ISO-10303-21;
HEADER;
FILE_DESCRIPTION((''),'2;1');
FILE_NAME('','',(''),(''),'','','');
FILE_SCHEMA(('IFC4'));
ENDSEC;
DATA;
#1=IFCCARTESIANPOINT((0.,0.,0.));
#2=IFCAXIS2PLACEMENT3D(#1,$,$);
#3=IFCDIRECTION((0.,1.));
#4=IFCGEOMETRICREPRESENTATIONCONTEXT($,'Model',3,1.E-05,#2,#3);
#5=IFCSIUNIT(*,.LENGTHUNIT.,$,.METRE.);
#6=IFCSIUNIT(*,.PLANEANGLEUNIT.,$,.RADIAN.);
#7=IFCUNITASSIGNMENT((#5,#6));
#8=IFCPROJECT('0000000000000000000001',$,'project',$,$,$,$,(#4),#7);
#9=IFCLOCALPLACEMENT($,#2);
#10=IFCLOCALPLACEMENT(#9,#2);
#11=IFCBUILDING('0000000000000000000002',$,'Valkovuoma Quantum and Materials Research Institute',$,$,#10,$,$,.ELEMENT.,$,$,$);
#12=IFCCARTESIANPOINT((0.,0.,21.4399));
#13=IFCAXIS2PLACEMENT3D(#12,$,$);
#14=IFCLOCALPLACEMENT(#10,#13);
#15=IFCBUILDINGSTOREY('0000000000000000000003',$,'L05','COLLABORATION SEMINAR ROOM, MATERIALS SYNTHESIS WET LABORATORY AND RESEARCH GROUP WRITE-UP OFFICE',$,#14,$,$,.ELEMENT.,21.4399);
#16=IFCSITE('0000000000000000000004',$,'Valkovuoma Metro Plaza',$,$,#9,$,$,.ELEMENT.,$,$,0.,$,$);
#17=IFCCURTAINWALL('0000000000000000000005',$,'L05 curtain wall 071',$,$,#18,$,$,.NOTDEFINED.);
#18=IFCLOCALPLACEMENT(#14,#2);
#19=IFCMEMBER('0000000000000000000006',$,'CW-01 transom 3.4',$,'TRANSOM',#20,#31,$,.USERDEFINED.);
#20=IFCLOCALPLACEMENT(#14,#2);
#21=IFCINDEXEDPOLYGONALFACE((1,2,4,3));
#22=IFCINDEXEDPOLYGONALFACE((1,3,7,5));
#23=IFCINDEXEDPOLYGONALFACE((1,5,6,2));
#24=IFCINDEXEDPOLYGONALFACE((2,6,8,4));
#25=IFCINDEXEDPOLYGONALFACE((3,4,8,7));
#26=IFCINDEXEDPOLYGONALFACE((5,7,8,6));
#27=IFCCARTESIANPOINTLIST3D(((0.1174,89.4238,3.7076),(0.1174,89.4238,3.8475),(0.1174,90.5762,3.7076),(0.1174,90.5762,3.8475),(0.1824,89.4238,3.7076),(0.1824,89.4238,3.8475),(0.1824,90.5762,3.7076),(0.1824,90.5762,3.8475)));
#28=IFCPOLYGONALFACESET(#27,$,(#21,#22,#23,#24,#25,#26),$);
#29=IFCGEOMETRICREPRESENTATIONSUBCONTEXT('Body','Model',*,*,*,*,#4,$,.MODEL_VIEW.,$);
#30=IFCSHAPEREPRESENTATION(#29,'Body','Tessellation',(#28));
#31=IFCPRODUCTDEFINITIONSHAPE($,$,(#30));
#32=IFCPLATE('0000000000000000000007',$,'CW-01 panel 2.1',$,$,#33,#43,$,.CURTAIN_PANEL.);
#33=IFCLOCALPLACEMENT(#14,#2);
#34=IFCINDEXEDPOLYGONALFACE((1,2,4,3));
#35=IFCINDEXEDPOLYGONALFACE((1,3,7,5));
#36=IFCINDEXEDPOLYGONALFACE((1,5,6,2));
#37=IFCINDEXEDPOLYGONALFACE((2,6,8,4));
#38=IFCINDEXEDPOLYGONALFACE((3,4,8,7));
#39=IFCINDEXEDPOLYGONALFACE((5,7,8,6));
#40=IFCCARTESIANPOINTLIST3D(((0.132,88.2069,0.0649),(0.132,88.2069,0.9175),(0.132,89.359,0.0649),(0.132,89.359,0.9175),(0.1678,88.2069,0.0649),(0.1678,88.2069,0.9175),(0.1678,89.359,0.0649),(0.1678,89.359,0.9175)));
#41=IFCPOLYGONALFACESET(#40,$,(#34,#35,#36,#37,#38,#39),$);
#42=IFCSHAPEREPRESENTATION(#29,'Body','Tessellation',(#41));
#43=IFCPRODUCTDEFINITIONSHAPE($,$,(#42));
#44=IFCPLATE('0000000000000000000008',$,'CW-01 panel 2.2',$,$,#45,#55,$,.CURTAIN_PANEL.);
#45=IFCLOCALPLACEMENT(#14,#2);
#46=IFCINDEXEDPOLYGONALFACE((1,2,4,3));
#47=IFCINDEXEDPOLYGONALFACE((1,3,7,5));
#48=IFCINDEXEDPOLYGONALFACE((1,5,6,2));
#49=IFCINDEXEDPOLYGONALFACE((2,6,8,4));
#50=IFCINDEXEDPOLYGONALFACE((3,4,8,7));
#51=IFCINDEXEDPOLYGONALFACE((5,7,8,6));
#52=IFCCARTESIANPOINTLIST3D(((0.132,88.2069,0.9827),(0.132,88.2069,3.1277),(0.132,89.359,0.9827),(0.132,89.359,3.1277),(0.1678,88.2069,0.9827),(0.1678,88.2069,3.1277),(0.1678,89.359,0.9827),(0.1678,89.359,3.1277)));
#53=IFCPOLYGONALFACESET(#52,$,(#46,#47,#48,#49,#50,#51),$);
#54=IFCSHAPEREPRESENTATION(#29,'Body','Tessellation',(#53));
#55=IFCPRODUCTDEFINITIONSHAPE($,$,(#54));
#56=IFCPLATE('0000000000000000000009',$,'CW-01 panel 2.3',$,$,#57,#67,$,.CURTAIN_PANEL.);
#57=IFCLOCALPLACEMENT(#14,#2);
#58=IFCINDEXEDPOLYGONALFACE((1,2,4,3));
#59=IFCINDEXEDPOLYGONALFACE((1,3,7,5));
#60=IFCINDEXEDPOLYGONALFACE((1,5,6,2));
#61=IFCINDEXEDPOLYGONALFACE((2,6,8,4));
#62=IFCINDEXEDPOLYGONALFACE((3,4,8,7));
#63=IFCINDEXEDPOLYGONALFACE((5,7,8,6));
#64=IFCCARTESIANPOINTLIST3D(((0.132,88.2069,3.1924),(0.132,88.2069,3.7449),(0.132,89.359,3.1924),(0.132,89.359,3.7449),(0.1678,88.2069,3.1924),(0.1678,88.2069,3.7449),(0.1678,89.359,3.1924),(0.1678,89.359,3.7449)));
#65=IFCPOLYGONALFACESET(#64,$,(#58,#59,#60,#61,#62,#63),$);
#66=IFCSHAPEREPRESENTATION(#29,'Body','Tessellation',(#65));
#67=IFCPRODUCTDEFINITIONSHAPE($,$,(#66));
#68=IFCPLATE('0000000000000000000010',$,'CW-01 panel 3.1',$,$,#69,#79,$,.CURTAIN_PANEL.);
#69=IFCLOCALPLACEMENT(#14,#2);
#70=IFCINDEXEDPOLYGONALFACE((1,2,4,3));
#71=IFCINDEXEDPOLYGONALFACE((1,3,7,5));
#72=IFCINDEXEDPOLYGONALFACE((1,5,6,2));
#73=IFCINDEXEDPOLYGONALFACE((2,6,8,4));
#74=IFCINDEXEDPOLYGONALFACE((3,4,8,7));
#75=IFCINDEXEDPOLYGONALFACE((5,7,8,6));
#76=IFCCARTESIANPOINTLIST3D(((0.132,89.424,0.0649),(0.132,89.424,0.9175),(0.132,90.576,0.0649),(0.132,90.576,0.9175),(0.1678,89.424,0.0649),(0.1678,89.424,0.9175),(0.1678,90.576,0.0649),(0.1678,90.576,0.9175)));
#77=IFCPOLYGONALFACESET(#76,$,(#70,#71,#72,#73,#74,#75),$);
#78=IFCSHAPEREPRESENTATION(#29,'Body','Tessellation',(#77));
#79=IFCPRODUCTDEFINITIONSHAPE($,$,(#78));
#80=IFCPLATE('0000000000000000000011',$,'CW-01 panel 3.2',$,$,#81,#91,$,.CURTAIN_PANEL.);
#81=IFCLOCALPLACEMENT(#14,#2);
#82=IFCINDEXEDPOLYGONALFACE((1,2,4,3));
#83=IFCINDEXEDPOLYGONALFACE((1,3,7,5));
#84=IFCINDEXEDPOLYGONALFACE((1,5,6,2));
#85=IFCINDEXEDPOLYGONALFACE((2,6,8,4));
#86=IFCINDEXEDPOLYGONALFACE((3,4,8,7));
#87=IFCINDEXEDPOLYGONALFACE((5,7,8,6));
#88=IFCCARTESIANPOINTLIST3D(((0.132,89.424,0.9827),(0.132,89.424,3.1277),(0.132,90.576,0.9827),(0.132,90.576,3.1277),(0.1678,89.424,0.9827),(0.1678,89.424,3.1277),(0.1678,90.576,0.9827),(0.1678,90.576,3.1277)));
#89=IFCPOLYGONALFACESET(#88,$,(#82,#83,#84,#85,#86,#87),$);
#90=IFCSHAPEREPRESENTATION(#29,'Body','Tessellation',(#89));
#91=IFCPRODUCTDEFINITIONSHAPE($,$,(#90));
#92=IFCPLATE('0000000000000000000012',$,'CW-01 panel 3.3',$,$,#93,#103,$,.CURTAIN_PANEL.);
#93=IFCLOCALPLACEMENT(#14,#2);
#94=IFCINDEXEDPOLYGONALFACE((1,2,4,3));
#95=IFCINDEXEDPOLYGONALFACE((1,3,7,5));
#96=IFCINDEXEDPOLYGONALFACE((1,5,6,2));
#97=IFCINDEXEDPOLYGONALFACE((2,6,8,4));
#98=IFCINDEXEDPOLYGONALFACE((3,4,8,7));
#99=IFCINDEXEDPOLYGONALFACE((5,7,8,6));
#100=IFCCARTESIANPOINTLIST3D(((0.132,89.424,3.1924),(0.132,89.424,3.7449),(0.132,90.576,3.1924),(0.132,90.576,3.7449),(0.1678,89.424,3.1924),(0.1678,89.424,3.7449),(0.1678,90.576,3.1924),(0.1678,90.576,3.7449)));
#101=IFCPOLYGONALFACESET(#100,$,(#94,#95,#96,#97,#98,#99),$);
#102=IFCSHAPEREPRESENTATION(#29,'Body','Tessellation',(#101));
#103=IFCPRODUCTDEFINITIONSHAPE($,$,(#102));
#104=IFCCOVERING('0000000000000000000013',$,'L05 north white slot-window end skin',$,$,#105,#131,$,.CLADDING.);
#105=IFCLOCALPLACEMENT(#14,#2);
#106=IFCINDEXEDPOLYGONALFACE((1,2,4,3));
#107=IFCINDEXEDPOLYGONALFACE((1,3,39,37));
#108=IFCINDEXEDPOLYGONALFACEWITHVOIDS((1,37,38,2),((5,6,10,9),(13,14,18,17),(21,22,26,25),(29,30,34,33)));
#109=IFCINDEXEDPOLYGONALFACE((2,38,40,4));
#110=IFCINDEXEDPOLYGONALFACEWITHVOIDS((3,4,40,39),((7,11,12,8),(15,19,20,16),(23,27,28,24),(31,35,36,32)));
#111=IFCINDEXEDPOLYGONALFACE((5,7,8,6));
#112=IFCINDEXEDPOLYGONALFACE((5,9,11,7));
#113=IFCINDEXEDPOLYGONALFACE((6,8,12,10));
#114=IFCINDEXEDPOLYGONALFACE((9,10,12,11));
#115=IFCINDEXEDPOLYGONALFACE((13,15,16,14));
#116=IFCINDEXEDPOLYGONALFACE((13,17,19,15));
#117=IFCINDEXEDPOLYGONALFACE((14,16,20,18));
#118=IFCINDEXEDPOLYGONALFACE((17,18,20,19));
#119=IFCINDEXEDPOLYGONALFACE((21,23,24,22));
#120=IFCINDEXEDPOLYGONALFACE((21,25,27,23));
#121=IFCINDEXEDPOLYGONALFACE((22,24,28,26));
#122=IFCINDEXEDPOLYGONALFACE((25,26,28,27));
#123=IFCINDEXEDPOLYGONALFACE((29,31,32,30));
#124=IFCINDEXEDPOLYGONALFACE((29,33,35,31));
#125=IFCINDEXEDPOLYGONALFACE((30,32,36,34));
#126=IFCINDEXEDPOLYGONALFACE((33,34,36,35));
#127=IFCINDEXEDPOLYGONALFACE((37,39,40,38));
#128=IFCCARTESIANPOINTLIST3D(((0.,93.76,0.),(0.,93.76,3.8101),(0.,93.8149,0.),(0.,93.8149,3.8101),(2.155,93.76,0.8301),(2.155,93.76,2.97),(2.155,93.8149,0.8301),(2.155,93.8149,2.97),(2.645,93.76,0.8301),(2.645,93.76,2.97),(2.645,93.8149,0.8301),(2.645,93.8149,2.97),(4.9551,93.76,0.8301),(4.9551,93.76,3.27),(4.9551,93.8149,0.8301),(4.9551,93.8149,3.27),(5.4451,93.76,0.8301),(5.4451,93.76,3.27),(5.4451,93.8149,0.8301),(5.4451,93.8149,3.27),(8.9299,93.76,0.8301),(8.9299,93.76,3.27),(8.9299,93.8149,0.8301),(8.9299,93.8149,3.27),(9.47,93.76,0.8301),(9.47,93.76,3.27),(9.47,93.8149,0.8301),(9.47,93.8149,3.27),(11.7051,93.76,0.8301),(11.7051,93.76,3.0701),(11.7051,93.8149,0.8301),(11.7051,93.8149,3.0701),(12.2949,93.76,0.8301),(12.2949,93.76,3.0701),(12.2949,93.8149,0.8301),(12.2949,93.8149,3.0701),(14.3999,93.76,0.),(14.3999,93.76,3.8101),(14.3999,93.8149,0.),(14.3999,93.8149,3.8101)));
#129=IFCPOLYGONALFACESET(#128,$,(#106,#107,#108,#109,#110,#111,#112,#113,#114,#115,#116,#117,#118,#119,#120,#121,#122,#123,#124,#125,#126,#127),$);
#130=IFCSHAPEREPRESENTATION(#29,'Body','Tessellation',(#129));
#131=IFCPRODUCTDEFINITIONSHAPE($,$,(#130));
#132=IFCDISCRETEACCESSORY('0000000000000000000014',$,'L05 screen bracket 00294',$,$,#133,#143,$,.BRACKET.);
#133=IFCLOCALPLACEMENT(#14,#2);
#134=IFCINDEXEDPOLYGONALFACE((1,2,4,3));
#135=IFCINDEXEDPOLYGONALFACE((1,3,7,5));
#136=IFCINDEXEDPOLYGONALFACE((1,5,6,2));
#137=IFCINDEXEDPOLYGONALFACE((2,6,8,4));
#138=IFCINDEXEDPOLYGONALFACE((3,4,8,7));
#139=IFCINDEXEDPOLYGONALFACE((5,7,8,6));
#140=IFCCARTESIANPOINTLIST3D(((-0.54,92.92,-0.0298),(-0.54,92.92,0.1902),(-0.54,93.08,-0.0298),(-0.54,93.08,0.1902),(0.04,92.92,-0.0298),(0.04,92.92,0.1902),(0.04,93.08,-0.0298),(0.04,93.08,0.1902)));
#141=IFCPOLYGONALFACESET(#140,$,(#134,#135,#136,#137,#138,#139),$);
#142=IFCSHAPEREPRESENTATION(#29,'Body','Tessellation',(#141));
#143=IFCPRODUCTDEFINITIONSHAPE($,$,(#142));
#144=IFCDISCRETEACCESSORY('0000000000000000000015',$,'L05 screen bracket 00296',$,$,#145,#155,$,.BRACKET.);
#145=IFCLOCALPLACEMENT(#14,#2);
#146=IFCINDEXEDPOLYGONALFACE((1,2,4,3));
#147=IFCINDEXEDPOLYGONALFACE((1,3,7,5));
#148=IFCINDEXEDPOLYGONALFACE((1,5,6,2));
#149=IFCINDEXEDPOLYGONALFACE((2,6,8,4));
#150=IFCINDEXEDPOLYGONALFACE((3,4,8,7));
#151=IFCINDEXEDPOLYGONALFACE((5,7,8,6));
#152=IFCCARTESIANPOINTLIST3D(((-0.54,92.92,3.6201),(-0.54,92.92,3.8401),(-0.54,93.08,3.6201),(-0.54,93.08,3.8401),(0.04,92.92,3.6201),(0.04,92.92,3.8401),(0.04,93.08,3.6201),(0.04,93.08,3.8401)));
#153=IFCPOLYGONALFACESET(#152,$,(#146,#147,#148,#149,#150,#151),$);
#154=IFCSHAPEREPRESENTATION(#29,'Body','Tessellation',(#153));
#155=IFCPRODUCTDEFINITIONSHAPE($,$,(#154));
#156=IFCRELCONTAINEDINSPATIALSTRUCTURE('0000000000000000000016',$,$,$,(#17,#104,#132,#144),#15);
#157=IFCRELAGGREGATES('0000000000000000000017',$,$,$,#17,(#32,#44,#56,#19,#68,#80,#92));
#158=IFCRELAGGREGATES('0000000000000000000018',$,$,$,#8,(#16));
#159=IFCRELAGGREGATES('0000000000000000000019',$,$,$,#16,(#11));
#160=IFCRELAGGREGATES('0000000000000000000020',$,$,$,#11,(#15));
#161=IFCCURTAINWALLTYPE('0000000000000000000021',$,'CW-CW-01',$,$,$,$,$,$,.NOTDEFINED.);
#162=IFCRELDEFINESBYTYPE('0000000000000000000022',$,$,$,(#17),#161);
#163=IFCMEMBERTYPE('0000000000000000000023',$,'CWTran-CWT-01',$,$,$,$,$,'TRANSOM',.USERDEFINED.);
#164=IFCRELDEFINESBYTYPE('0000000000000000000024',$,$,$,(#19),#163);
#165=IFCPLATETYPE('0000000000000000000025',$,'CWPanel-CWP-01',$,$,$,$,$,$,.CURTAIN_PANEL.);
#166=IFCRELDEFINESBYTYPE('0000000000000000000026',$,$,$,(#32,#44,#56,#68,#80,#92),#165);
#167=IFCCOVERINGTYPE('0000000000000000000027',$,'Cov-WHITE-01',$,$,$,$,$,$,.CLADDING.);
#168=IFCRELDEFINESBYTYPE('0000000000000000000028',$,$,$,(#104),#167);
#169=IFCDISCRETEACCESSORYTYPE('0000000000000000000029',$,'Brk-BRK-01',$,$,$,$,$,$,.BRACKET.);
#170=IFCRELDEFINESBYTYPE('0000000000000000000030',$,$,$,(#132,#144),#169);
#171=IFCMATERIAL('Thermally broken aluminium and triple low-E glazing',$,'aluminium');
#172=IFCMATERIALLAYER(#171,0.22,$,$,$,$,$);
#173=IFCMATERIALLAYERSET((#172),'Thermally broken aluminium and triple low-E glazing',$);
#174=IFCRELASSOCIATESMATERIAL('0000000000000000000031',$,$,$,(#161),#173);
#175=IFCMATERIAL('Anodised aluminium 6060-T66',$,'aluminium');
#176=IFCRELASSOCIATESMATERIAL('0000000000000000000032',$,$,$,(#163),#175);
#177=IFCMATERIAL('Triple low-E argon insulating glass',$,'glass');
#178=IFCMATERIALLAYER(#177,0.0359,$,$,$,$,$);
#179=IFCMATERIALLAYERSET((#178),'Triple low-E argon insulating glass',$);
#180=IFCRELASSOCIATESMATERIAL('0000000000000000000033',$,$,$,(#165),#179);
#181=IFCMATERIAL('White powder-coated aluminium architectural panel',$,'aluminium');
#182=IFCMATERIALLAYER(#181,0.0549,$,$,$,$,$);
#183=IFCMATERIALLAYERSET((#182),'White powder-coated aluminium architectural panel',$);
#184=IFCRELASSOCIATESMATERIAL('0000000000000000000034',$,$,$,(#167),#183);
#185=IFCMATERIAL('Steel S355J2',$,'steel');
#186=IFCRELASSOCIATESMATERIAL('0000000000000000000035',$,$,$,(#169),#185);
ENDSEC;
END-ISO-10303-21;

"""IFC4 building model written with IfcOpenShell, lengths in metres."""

from ifc_helpers import new_model, si_unit, direction, frame, origin, origin_2d, place, context, subcontext, project, spatial, polyline, rectangle, outline, extrude, material, layer, layer_set, material_profile, profile_set, type_object, element, aggregate, save


model = new_model("IFC4")

# Units and contexts
model_context = context("Model", 3, precision=1e-05, world=origin(), true_north=direction((0.0, 1.0)))
body_context = subcontext(model_context, "Body", "Model", "MODEL_VIEW")
ifc_project = project(units=[si_unit("LENGTHUNIT", "METRE"), si_unit("PLANEANGLEUNIT", "RADIAN")], contexts=[model_context])

# Site, building, storey
site_placement = place(None, origin())
site = spatial("IfcSite", under=ifc_project, at=site_placement, Name="Valkovuoma Metro Plaza", CompositionType="ELEMENT", RefElevation=0.0)
building_placement = place(site_placement, origin())
building = spatial("IfcBuilding", under=site, at=building_placement, Name="Valkovuoma Quantum and Materials Research Institute", CompositionType="ELEMENT")
storey_placement = place(building_placement, frame((0.0, 0.0, 21.4399)))
storey = spatial("IfcBuildingStorey", under=building, at=storey_placement, Name="L05", Description="COLLABORATION SEMINAR ROOM, MATERIALS SYNTHESIS WET LABORATORY AND RESEARCH GROUP WRITE-UP OFFICE", CompositionType="ELEMENT", Elevation=21.4399)

# Curtain wall, member, plates
ifc_material_1 = material(Name="Thermally broken aluminium and triple low-E glazing", Category="aluminium")
ifc_layer_1 = layer(ifc_material_1, 0.22)
ifc_layer_set_1 = layer_set([ifc_layer_1], Name="Thermally broken aluminium and triple low-E glazing")
curtain_wall_type = type_object("IfcCurtainWallType", Name="CW-CW-01", PredefinedType="NOTDEFINED", material=ifc_layer_set_1)
curtain_wall_placement = place(storey_placement, origin())
curtain_wall = element("IfcCurtainWall", 1, at=curtain_wall_placement, inside=storey, type_object=curtain_wall_type, Name="L05 curtain wall 071", PredefinedType="NOTDEFINED")
ifc_material_2 = material(Name="Anodised aluminium 6060-T66", Category="aluminium")
ifc_material_profile_1 = material_profile(ifc_material_2, rectangle(XDim=0.0649, YDim=0.1399, at=origin_2d()), Name="Anodised aluminium 6060-T66")
ifc_profile_set_1 = profile_set([ifc_material_profile_1], Name="Anodised aluminium 6060-T66")
member_type_1 = type_object("IfcMemberType", Name="CWTran-CWT-01", ElementType="TRANSOM", PredefinedType="USERDEFINED", material=ifc_profile_set_1)
member_1_placement = place(storey_placement, frame((0.1499, 89.4238, 3.7776), z_axis=(0.0, 1.0, 0.0), x_axis=(-1.0, 0.0, 0.0)))
member_1 = element("IfcMember", 2, at=member_1_placement, type_object=member_type_1, Name="CW-01 transom 3.4", ObjectType="TRANSOM", PredefinedType="USERDEFINED", context=body_context, shape_type="SweptSolid", body=[
    extrude(rectangle(XDim=0.0649, YDim=0.1399, at=origin_2d()), origin(), (0.0, 0.0, 1.0), 1.1523),
])
ifc_material_3 = material(Name="Triple low-E argon insulating glass", Category="glass")
ifc_layer_2 = layer(ifc_material_3, 0.0359)
ifc_layer_set_2 = layer_set([ifc_layer_2], Name="Triple low-E argon insulating glass")
plate_type = type_object("IfcPlateType", Name="CWPanel-CWP-01", PredefinedType="CURTAIN_PANEL", material=ifc_layer_set_2)
plate_1_placement = place(storey_placement, frame((0.1499, 88.783, 0.0649), z_axis=(0.0, 0.0, 1.0), x_axis=(0.0, 1.0, 0.0)))
plate_1 = element("IfcPlate", 3, at=plate_1_placement, type_object=plate_type, Name="CW-01 panel 2.1", PredefinedType="CURTAIN_PANEL", context=body_context, shape_type="SweptSolid", body=[
    extrude(rectangle(XDim=1.1521, YDim=0.0359, at=origin_2d()), origin(), (0.0, 0.0, 1.0), 0.8525),
])
plate_2_placement = place(storey_placement, frame((0.1499, 88.783, 0.9827), z_axis=(0.0, 0.0, 1.0), x_axis=(0.0, 1.0, 0.0)))
plate_2 = element("IfcPlate", 4, at=plate_2_placement, type_object=plate_type, Name="CW-01 panel 2.2", PredefinedType="CURTAIN_PANEL", context=body_context, shape_type="SweptSolid", body=[
    extrude(rectangle(XDim=1.1521, YDim=0.0359, at=origin_2d()), origin(), (0.0, 0.0, 1.0), 2.145),
])
plate_3_placement = place(storey_placement, frame((0.1499, 88.783, 3.1924), z_axis=(0.0, 0.0, 1.0), x_axis=(0.0, 1.0, 0.0)))
plate_3 = element("IfcPlate", 5, at=plate_3_placement, type_object=plate_type, Name="CW-01 panel 2.3", PredefinedType="CURTAIN_PANEL", context=body_context, shape_type="SweptSolid", body=[
    extrude(rectangle(XDim=1.1521, YDim=0.0359, at=origin_2d()), origin(), (0.0, 0.0, 1.0), 0.5525),
])
plate_4_placement = place(storey_placement, frame((0.1499, 90.0, 0.0649), z_axis=(0.0, 0.0, 1.0), x_axis=(0.0, 1.0, 0.0)))
plate_4 = element("IfcPlate", 6, at=plate_4_placement, type_object=plate_type, Name="CW-01 panel 3.1", PredefinedType="CURTAIN_PANEL", context=body_context, shape_type="SweptSolid", body=[
    extrude(rectangle(XDim=1.1521, YDim=0.0359, at=origin_2d()), origin(), (0.0, 0.0, 1.0), 0.8525),
])
plate_5_placement = place(storey_placement, frame((0.1499, 90.0, 0.9827), z_axis=(0.0, 0.0, 1.0), x_axis=(0.0, 1.0, 0.0)))
plate_5 = element("IfcPlate", 7, at=plate_5_placement, type_object=plate_type, Name="CW-01 panel 3.2", PredefinedType="CURTAIN_PANEL", context=body_context, shape_type="SweptSolid", body=[
    extrude(rectangle(XDim=1.1521, YDim=0.0359, at=origin_2d()), origin(), (0.0, 0.0, 1.0), 2.145),
])
plate_6_placement = place(storey_placement, frame((0.1499, 90.0, 3.1924), z_axis=(0.0, 0.0, 1.0), x_axis=(0.0, 1.0, 0.0)))
plate_6 = element("IfcPlate", 8, at=plate_6_placement, type_object=plate_type, Name="CW-01 panel 3.3", PredefinedType="CURTAIN_PANEL", context=body_context, shape_type="SweptSolid", body=[
    extrude(rectangle(XDim=1.1521, YDim=0.0359, at=origin_2d()), origin(), (0.0, 0.0, 1.0), 0.5525),
])
aggregate(curtain_wall, [plate_1, plate_2, plate_3, member_1, plate_4, plate_5, plate_6])

# Covering
ifc_material_4 = material(Name="White powder-coated aluminium architectural panel", Category="aluminium")
ifc_layer_3 = layer(ifc_material_4, 0.0549)
ifc_layer_set_3 = layer_set([ifc_layer_3], Name="White powder-coated aluminium architectural panel")
covering_type = type_object("IfcCoveringType", Name="Cov-WHITE-01", PredefinedType="CLADDING", material=ifc_layer_set_3)
covering_placement = place(storey_placement, frame((0.0, 93.7876, 0.0), z_axis=(0.0, 0.0, 1.0), x_axis=(1.0, 0.0, 0.0)))
element("IfcCovering", 9, at=covering_placement, inside=storey, type_object=covering_type, Name="L05 north white slot-window end skin", PredefinedType="CLADDING", context=body_context, shape_type="SweptSolid", body=[
    extrude(outline(polyline([(0.0, 0.0), (14.3999, 0.0), (14.3999, 3.8101), (0.0, 3.8101), (0.0, 0.0)]), holes=[polyline([(2.155, 0.8301), (2.155, 2.97), (2.645, 2.97), (2.645, 0.8301), (2.155, 0.8301)]), polyline([(4.9551, 0.8301), (4.9551, 3.27), (5.4451, 3.27), (5.4451, 0.8301), (4.9551, 0.8301)]), polyline([(8.9299, 0.8301), (8.9299, 3.27), (9.47, 3.27), (9.47, 0.8301), (8.9299, 0.8301)]), polyline([(11.7051, 0.8301), (11.7051, 3.0701), (12.2949, 3.0701), (12.2949, 0.8301), (11.7051, 0.8301)])]), frame((0.0, 0.0273, 0.0), z_axis=(0.0, -1.0, 0.0), x_axis=(1.0, 0.0, 0.0)), (0.0, 0.0, 1.0), 0.0549),
])

# Discrete accessories
ifc_material_5 = material(Name="Steel S355J2", Category="steel")
discrete_accessory_type = type_object("IfcDiscreteAccessoryType", Name="Brk-BRK-01", PredefinedType="BRACKET", material=ifc_material_5)
for number, where, z_axis, x_axis, name in (
    (10, (-0.25, 93.0, -0.0298), (0.0, 0.0, 1.0), (1.0, 0.0, 0.0), "L05 screen bracket 00294"),
    (11, (-0.25, 93.0, 3.6201), (0.0, 0.0, 1.0), (1.0, 0.0, 0.0), "L05 screen bracket 00296"),
):
    element("IfcDiscreteAccessory", number, at=place(storey_placement, frame(where, z_axis=z_axis, x_axis=x_axis)), inside=storey, type_object=discrete_accessory_type, Name=name, PredefinedType="BRACKET", context=body_context, shape_type="SweptSolid", body=[
        extrude(rectangle(XDim=0.5801, YDim=0.1599, at=origin_2d()), origin(), (0.0, 0.0, 1.0), 0.22),
    ])

save(model, "model.ifc")
